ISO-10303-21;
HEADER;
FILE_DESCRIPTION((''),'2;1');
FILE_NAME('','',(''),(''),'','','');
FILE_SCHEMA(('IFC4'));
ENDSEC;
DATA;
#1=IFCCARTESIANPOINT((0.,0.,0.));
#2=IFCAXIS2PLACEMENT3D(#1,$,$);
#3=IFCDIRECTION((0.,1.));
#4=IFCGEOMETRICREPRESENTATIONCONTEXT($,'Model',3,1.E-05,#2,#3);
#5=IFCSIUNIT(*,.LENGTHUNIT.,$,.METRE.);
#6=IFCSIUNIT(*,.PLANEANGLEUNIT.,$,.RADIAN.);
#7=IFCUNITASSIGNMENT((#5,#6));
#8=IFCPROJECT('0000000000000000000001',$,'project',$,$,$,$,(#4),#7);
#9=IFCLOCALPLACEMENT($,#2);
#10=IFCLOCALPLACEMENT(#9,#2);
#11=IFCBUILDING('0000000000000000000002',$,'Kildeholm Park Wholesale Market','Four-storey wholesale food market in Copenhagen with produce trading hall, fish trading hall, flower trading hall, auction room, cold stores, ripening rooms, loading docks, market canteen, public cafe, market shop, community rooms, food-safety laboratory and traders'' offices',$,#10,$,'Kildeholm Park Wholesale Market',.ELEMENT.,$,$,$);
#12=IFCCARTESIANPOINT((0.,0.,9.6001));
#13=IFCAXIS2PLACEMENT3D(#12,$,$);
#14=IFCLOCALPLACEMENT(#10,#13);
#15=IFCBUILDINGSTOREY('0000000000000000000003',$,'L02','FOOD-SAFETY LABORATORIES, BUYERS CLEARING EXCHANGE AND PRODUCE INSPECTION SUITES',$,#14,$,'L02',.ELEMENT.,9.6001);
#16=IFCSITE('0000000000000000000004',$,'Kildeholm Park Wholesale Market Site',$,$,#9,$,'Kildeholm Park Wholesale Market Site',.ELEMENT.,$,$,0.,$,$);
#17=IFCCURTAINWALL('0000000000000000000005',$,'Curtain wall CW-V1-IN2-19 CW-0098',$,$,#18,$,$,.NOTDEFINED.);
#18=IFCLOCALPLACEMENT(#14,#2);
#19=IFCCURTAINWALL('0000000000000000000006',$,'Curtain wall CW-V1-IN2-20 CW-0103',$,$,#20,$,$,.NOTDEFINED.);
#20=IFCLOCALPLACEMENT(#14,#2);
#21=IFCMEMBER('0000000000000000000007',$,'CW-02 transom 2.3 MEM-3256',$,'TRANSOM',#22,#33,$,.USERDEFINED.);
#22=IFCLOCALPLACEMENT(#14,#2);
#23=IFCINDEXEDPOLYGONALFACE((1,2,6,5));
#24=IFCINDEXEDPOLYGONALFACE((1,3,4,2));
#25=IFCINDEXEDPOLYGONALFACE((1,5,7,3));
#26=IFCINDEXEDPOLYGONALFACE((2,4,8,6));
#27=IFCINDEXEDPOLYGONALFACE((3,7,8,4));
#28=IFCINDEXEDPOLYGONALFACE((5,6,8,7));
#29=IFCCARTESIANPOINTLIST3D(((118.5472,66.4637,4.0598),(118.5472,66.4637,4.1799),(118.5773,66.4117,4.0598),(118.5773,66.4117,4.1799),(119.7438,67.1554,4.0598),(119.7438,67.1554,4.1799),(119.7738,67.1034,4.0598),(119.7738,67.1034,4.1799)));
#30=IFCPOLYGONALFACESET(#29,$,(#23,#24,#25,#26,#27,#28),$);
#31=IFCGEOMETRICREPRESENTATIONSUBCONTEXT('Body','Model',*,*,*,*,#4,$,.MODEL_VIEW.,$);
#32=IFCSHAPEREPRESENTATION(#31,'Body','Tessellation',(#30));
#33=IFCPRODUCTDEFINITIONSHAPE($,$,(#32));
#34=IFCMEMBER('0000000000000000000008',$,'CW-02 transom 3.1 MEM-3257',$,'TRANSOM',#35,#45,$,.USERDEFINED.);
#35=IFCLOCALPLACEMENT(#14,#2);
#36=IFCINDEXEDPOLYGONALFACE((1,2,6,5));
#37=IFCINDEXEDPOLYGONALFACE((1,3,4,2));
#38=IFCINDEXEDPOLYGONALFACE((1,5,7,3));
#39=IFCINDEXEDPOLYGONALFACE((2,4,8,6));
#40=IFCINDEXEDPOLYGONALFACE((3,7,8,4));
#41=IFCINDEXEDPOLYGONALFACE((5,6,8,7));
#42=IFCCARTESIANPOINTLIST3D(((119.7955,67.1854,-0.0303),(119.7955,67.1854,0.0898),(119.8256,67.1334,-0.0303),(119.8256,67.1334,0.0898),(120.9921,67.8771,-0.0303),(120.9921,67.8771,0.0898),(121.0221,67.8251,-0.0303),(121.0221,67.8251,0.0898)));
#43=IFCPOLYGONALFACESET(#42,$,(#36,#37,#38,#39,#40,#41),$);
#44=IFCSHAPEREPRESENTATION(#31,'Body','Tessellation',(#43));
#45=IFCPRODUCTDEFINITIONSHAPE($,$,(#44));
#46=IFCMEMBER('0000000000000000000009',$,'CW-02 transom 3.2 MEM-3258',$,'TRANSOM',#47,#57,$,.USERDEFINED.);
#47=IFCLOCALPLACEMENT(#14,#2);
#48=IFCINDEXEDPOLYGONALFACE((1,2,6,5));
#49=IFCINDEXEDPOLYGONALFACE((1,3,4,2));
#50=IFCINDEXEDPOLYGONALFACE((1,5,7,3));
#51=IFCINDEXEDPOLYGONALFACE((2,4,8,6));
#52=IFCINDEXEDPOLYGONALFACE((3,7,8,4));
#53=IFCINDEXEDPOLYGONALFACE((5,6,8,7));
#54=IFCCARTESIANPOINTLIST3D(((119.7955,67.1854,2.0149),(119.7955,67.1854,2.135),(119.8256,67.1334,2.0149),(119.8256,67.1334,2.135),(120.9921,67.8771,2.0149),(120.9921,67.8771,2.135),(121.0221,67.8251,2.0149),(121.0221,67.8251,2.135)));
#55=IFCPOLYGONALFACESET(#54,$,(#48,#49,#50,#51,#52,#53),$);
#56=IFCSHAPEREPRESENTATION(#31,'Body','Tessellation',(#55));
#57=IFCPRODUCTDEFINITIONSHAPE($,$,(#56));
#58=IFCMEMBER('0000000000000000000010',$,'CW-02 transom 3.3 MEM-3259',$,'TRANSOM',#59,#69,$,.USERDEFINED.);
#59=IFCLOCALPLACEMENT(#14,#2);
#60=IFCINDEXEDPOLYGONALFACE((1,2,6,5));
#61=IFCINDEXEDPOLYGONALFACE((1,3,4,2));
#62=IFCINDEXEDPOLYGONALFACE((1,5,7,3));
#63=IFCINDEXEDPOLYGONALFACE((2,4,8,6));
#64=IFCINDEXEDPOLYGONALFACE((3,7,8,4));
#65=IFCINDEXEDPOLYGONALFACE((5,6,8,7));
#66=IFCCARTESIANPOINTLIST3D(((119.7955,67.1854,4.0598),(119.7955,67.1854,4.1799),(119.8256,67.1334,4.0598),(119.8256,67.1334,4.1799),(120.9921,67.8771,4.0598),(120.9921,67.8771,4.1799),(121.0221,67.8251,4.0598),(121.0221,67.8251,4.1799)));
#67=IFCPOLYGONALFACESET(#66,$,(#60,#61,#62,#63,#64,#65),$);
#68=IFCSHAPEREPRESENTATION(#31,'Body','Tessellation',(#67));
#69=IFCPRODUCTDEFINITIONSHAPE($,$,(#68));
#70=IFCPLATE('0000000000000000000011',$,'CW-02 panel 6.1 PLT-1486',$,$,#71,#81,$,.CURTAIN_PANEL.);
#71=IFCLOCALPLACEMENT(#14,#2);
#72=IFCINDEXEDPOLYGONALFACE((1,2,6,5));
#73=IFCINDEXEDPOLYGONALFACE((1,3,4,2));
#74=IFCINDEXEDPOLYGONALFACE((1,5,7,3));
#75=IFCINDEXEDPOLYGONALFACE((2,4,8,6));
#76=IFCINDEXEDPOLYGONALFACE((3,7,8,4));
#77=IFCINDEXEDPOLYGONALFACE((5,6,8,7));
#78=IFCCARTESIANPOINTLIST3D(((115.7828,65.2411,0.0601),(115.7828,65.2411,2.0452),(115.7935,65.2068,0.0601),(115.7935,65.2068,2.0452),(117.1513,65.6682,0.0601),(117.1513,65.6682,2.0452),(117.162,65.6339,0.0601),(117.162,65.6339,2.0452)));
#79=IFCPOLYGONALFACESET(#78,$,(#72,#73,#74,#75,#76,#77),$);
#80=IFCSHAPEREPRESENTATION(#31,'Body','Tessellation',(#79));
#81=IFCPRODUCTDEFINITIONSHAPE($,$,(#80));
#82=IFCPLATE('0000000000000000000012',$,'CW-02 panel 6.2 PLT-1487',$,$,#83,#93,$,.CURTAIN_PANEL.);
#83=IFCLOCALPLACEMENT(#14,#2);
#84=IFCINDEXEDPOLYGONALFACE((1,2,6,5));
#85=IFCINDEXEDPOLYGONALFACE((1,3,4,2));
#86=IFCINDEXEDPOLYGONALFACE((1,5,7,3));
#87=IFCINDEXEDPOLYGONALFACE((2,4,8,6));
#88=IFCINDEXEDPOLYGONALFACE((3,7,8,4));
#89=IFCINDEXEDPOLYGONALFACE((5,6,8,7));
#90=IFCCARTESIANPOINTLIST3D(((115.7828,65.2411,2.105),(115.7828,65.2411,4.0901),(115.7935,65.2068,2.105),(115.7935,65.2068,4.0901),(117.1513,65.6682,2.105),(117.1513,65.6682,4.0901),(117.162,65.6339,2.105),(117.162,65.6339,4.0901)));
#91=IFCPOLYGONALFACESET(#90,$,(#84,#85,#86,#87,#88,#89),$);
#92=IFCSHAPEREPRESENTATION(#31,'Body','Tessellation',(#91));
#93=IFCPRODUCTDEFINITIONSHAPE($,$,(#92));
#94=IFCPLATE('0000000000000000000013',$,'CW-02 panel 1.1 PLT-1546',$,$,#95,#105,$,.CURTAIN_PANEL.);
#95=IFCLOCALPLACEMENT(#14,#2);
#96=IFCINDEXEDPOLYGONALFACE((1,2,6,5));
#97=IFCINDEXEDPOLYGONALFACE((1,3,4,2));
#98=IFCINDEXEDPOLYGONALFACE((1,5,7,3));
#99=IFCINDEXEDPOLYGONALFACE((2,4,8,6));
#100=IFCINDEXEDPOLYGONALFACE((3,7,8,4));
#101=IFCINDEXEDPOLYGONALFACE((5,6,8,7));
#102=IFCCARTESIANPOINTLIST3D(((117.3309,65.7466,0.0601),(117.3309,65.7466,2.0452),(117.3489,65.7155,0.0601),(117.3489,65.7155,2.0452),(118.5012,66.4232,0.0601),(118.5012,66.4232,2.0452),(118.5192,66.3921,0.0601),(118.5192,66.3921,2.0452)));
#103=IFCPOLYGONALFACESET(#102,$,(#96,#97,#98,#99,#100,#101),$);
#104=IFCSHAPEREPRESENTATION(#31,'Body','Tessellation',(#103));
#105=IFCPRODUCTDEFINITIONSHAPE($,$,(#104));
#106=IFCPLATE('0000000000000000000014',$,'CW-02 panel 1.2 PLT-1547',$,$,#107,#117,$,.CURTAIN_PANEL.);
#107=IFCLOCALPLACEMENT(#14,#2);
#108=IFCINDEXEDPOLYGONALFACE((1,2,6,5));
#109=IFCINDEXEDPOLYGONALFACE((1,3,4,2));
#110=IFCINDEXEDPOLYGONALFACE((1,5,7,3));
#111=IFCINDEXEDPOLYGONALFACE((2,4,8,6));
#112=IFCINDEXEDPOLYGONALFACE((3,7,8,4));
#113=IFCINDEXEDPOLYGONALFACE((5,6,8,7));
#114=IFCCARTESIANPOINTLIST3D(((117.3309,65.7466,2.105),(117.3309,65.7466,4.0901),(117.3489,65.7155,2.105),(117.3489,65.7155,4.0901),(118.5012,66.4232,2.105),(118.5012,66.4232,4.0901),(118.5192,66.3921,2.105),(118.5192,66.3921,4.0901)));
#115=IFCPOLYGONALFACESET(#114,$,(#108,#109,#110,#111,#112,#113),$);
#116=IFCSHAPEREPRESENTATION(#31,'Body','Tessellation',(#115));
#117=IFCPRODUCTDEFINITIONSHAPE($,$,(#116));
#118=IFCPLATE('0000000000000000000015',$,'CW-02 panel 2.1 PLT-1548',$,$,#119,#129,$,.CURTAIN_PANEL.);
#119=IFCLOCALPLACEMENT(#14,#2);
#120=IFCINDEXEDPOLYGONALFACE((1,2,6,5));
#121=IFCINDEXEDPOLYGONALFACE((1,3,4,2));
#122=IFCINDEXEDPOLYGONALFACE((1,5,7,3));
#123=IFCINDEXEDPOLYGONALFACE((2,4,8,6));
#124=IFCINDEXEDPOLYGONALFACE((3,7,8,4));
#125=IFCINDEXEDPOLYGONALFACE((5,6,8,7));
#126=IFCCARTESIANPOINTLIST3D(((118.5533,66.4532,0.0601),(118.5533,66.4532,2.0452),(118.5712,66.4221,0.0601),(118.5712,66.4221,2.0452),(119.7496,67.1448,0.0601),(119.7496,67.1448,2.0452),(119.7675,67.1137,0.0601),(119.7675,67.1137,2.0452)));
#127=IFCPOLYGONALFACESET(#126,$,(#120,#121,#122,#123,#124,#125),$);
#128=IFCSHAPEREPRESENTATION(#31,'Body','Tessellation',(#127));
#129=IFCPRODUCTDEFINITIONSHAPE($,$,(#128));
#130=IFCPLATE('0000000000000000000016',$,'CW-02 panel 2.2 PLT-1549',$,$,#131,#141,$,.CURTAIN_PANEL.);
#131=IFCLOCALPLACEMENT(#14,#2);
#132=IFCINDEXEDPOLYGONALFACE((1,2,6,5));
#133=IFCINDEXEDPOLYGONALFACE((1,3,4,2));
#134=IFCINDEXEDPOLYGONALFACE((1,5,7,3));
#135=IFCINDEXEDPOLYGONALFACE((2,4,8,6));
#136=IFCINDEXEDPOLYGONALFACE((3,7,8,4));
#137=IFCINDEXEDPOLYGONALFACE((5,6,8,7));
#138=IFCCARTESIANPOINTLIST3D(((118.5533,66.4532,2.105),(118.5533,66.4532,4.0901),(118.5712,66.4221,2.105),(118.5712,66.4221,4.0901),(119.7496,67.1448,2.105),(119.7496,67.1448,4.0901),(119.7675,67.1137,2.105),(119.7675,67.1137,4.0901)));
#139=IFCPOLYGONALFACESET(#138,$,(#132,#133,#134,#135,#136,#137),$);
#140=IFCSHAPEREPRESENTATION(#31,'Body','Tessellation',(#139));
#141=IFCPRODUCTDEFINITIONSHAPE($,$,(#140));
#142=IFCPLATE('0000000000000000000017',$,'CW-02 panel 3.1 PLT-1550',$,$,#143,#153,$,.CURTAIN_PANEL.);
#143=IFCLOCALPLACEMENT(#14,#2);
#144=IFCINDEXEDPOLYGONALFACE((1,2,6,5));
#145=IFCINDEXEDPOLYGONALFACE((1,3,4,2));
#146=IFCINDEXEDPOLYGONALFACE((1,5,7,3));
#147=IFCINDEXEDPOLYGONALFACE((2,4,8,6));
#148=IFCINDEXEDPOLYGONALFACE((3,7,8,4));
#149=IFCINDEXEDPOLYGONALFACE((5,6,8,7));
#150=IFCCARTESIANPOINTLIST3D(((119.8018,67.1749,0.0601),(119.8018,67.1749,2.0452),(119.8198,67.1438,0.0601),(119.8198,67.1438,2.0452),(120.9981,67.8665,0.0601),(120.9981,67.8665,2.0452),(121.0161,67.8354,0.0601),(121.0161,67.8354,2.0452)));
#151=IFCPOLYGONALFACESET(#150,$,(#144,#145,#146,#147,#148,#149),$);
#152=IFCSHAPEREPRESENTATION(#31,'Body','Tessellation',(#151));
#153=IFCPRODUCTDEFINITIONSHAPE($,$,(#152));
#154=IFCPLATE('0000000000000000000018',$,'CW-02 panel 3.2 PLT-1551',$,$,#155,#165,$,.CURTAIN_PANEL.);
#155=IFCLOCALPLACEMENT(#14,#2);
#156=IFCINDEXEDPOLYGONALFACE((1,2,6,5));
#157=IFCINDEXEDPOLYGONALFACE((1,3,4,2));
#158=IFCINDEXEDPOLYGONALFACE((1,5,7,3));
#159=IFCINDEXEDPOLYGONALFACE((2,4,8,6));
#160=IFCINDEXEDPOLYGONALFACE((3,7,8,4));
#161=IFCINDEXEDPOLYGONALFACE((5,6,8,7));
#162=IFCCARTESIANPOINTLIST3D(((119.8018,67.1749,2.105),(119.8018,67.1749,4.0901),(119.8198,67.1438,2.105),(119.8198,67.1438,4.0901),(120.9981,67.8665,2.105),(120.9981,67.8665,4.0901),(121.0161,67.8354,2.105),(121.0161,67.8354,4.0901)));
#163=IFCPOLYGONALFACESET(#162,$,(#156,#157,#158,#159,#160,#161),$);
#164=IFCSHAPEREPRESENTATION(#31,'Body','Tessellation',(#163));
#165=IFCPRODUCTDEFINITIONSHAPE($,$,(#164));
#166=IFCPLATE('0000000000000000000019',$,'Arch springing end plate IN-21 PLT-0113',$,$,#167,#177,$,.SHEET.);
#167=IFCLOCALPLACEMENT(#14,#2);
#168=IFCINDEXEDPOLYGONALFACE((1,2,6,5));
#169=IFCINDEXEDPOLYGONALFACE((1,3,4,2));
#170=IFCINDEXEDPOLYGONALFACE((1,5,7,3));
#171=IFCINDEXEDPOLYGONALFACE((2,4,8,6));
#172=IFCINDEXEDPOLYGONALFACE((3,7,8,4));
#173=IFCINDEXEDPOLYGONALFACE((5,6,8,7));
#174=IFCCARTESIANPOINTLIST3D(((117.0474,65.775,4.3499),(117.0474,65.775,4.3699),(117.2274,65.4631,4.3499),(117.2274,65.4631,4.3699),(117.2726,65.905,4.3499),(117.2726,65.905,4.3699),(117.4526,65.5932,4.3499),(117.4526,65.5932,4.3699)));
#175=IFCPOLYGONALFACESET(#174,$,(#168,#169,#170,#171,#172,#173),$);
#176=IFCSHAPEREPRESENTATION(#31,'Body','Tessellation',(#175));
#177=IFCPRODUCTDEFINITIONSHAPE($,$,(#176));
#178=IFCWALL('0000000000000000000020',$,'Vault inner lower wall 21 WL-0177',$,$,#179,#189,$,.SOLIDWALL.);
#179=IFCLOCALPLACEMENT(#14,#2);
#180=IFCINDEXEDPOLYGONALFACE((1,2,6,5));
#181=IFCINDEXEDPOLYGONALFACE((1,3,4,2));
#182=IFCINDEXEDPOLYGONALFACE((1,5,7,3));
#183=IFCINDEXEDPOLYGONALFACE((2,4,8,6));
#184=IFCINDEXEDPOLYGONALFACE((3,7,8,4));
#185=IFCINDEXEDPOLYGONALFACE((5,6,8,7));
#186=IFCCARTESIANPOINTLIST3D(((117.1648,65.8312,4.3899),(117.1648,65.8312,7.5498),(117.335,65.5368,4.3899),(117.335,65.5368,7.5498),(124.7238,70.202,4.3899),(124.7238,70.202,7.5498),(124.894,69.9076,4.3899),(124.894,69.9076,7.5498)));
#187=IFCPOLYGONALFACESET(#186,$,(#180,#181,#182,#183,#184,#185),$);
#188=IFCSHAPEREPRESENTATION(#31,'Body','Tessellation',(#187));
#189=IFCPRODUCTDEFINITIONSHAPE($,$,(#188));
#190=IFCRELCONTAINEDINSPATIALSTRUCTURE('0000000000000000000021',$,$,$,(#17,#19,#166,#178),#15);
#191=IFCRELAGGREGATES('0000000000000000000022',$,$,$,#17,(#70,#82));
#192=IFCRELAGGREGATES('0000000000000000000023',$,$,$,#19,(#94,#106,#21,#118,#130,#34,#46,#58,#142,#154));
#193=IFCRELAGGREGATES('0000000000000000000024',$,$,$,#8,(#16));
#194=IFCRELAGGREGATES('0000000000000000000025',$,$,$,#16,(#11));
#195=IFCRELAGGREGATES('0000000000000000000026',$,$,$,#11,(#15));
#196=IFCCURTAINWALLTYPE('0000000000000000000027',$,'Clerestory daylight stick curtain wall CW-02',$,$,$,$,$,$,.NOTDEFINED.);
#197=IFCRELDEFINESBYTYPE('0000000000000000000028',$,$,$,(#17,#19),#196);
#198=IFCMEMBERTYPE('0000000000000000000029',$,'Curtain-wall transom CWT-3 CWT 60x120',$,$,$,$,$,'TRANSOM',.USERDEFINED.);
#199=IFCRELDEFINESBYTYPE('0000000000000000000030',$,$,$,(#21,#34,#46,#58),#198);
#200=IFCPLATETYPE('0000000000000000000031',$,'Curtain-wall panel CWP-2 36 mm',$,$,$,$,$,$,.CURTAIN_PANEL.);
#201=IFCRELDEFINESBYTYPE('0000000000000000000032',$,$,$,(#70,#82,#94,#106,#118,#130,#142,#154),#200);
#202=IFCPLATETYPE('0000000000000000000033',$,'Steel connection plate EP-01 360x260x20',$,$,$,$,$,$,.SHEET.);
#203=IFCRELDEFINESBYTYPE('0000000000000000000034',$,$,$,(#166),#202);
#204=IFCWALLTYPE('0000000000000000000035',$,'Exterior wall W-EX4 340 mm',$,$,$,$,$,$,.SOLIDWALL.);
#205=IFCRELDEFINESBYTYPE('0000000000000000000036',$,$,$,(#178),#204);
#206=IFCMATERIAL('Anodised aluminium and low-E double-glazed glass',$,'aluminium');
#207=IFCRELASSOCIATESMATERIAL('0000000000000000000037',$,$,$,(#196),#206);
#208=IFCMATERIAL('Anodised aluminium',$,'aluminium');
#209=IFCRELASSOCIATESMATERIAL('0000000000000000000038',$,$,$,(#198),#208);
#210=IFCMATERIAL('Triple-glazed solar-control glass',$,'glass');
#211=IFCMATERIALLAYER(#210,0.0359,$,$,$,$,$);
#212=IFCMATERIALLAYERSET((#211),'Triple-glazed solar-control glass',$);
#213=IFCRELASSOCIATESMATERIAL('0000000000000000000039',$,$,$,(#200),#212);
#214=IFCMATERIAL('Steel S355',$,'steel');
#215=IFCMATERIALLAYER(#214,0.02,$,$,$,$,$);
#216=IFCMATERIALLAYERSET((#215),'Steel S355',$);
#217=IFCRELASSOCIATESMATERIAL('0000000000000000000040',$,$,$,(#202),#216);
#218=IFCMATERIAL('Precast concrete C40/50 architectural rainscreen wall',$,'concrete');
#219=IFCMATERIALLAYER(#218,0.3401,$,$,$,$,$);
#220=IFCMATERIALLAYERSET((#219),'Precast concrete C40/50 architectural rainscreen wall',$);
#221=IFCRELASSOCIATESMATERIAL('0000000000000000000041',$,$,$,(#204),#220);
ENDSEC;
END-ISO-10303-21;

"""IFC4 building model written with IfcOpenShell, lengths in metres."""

from ifc_helpers import new_model, si_unit, direction, frame, frame_2d, origin, origin_2d, place, context, subcontext, project, spatial, rectangle, extrude, material, layer, layer_set, material_profile, profile_set, type_object, element, aggregate, save


model = new_model("IFC4")

# Units and contexts
model_context = context("Model", 3, precision=1e-05, world=origin(), true_north=direction((0.0, 1.0)))
body_context = subcontext(model_context, "Body", "Model", "MODEL_VIEW")
ifc_project = project(units=[si_unit("LENGTHUNIT", "METRE"), si_unit("PLANEANGLEUNIT", "RADIAN")], contexts=[model_context])

# Site, building, storey
site_placement = place(None, origin())
site = spatial("IfcSite", under=ifc_project, at=site_placement, Name="Kildeholm Park Wholesale Market Site", LongName="Kildeholm Park Wholesale Market Site", CompositionType="ELEMENT", RefElevation=0.0)
building_placement = place(site_placement, origin())
building = spatial("IfcBuilding", under=site, at=building_placement, Name="Kildeholm Park Wholesale Market", Description="Four-storey wholesale food market in Copenhagen with produce trading hall, fish trading hall, flower trading hall, auction room, cold stores, ripening rooms, loading docks, market canteen, public cafe, market shop, community rooms, food-safety laboratory and traders' offices", LongName="Kildeholm Park Wholesale Market", CompositionType="ELEMENT")
storey_placement = place(building_placement, frame((0.0, 0.0, 9.6001)))
storey = spatial("IfcBuildingStorey", under=building, at=storey_placement, Name="L02", Description="FOOD-SAFETY LABORATORIES, BUYERS CLEARING EXCHANGE AND PRODUCE INSPECTION SUITES", LongName="L02", CompositionType="ELEMENT", Elevation=9.6001)

# Shared definitions
ifc_material_1 = material(Name="Steel S355", Category="steel")

# Curtain wall
ifc_material_2 = material(Name="Anodised aluminium and low-E double-glazed glass", Category="aluminium")
curtain_wall_type = type_object("IfcCurtainWallType", Name="Clerestory daylight stick curtain wall CW-02", PredefinedType="NOTDEFINED", material=ifc_material_2)
curtain_wall_1_placement = place(storey_placement, origin())
curtain_wall_1 = element("IfcCurtainWall", 1, at=curtain_wall_1_placement, inside=storey, type_object=curtain_wall_type, Name="Curtain wall CW-V1-IN2-19 CW-0098", PredefinedType="NOTDEFINED")
ifc_material_3 = material(Name="Anodised aluminium", Category="aluminium")

# Curtain wall, members
curtain_wall_2_placement = place(storey_placement, origin())
curtain_wall_2 = element("IfcCurtainWall", 2, at=curtain_wall_2_placement, inside=storey, type_object=curtain_wall_type, Name="Curtain wall CW-V1-IN2-20 CW-0103", PredefinedType="NOTDEFINED")
ifc_material_profile_1 = material_profile(ifc_material_3, rectangle(XDim=0.0601, YDim=0.1201, at=origin_2d()), Name="CWT 60x120")
ifc_profile_set_1 = profile_set([ifc_material_profile_1], Name="Anodised aluminium")
member_type_1 = type_object("IfcMemberType", Name="Curtain-wall transom CWT-3 CWT 60x120", ElementType="TRANSOM", PredefinedType="USERDEFINED", material=ifc_profile_set_1)
member_1_placement = place(storey_placement, frame((118.5623, 66.4377, 4.1199), z_axis=(0.865765, 0.500451, 0.0), x_axis=(-0.500451, 0.865765, 0.0)))
member_1 = element("IfcMember", 3, at=member_1_placement, type_object=member_type_1, Name="CW-02 transom 2.3 MEM-3256", ObjectType="TRANSOM", PredefinedType="USERDEFINED", context=body_context, shape_type="SweptSolid", body=[
    extrude(rectangle(XDim=0.0601, YDim=0.1201, at=origin_2d()), origin(), (0.0, 0.0, 1.0), 1.3821),
])
member_2_placement = place(storey_placement, frame((119.8105, 67.1594, 0.0298), z_axis=(0.865765, 0.500451, 0.0), x_axis=(-0.500451, 0.865765, 0.0)))
member_2 = element("IfcMember", 4, at=member_2_placement, type_object=member_type_1, Name="CW-02 transom 3.1 MEM-3257", ObjectType="TRANSOM", PredefinedType="USERDEFINED", context=body_context, shape_type="SweptSolid", body=[
    extrude(rectangle(XDim=0.0601, YDim=0.1201, at=origin_2d()), origin(), (0.0, 0.0, 1.0), 1.3821),
])
member_3_placement = place(storey_placement, frame((119.8105, 67.1594, 2.075), z_axis=(0.865765, 0.500451, 0.0), x_axis=(-0.500451, 0.865765, 0.0)))
member_3 = element("IfcMember", 5, at=member_3_placement, type_object=member_type_1, Name="CW-02 transom 3.2 MEM-3258", ObjectType="TRANSOM", PredefinedType="USERDEFINED", context=body_context, shape_type="SweptSolid", body=[
    extrude(rectangle(XDim=0.0601, YDim=0.1201, at=origin_2d()), origin(), (0.0, 0.0, 1.0), 1.3821),
])
member_4_placement = place(storey_placement, frame((119.8105, 67.1594, 4.1199), z_axis=(0.865765, 0.500451, 0.0), x_axis=(-0.500451, 0.865765, 0.0)))
member_4 = element("IfcMember", 6, at=member_4_placement, type_object=member_type_1, Name="CW-02 transom 3.3 MEM-3259", ObjectType="TRANSOM", PredefinedType="USERDEFINED", context=body_context, shape_type="SweptSolid", body=[
    extrude(rectangle(XDim=0.0601, YDim=0.1201, at=origin_2d()), origin(), (0.0, 0.0, 1.0), 1.3821),
])

# Plates
ifc_material_4 = material(Name="Triple-glazed solar-control glass", Category="glass")
ifc_layer_1 = layer(ifc_material_4, 0.0359)
ifc_layer_set_1 = layer_set([ifc_layer_1], Name="Triple-glazed solar-control glass")
plate_type_1 = type_object("IfcPlateType", Name="Curtain-wall panel CWP-2 36 mm", PredefinedType="CURTAIN_PANEL", material=ifc_layer_set_1)
plate_1_placement = place(storey_placement, frame((116.4724, 65.4375, 0.0601), z_axis=(0.0, 0.0, 1.0), x_axis=(0.954579, 0.297957, 0.0)))
plate_1 = element("IfcPlate", 7, at=plate_1_placement, type_object=plate_type_1, Name="CW-02 panel 6.1 PLT-1486", PredefinedType="CURTAIN_PANEL", context=body_context, shape_type="SweptSolid", body=[
    extrude(rectangle(XDim=1.4336, YDim=0.0359, at=origin_2d()), origin(), (0.0, 0.0, 1.0), 1.9851),
])
plate_2_placement = place(storey_placement, frame((116.4724, 65.4375, 2.105), z_axis=(0.0, 0.0, 1.0), x_axis=(0.954579, 0.297957, 0.0)))
plate_2 = element("IfcPlate", 8, at=plate_2_placement, type_object=plate_type_1, Name="CW-02 panel 6.2 PLT-1487", PredefinedType="CURTAIN_PANEL", context=body_context, shape_type="SweptSolid", body=[
    extrude(rectangle(XDim=1.4336, YDim=0.0359, at=origin_2d()), origin(), (0.0, 0.0, 1.0), 1.9851),
])
aggregate(curtain_wall_1, [plate_1, plate_2])
plate_3_placement = place(storey_placement, frame((117.925, 66.0693, 0.0601), z_axis=(0.0, 0.0, 1.0), x_axis=(0.865743, 0.500489, 0.0)))
plate_3 = element("IfcPlate", 9, at=plate_3_placement, type_object=plate_type_1, Name="CW-02 panel 1.1 PLT-1546", PredefinedType="CURTAIN_PANEL", context=body_context, shape_type="SweptSolid", body=[
    extrude(rectangle(XDim=1.3518, YDim=0.0359, at=origin_2d()), origin(), (0.0, 0.0, 1.0), 1.9851),
])
plate_4_placement = place(storey_placement, frame((117.925, 66.0693, 2.105), z_axis=(0.0, 0.0, 1.0), x_axis=(0.865743, 0.500489, 0.0)))
plate_4 = element("IfcPlate", 10, at=plate_4_placement, type_object=plate_type_1, Name="CW-02 panel 1.2 PLT-1547", PredefinedType="CURTAIN_PANEL", context=body_context, shape_type="SweptSolid", body=[
    extrude(rectangle(XDim=1.3518, YDim=0.0359, at=origin_2d()), origin(), (0.0, 0.0, 1.0), 1.9851),
])
plate_5_placement = place(storey_placement, frame((119.1604, 66.7834, 0.0601), z_axis=(0.0, 0.0, 1.0), x_axis=(0.865743, 0.500489, 0.0)))
plate_5 = element("IfcPlate", 11, at=plate_5_placement, type_object=plate_type_1, Name="CW-02 panel 2.1 PLT-1548", PredefinedType="CURTAIN_PANEL", context=body_context, shape_type="SweptSolid", body=[
    extrude(rectangle(XDim=1.3818, YDim=0.0359, at=origin_2d()), origin(), (0.0, 0.0, 1.0), 1.9851),
])
plate_6_placement = place(storey_placement, frame((119.1604, 66.7834, 2.105), z_axis=(0.0, 0.0, 1.0), x_axis=(0.865743, 0.500489, 0.0)))
plate_6 = element("IfcPlate", 12, at=plate_6_placement, type_object=plate_type_1, Name="CW-02 panel 2.2 PLT-1549", PredefinedType="CURTAIN_PANEL", context=body_context, shape_type="SweptSolid", body=[
    extrude(rectangle(XDim=1.3818, YDim=0.0359, at=origin_2d()), origin(), (0.0, 0.0, 1.0), 1.9851),
])
plate_7_placement = place(storey_placement, frame((120.4089, 67.5051, 0.0601), z_axis=(0.0, 0.0, 1.0), x_axis=(0.865743, 0.500489, 0.0)))
plate_7 = element("IfcPlate", 13, at=plate_7_placement, type_object=plate_type_1, Name="CW-02 panel 3.1 PLT-1550", PredefinedType="CURTAIN_PANEL", context=body_context, shape_type="SweptSolid", body=[
    extrude(rectangle(XDim=1.3818, YDim=0.0359, at=origin_2d()), origin(), (0.0, 0.0, 1.0), 1.9851),
])
plate_8_placement = place(storey_placement, frame((120.4089, 67.5051, 2.105), z_axis=(0.0, 0.0, 1.0), x_axis=(0.865743, 0.500489, 0.0)))
plate_8 = element("IfcPlate", 14, at=plate_8_placement, type_object=plate_type_1, Name="CW-02 panel 3.2 PLT-1551", PredefinedType="CURTAIN_PANEL", context=body_context, shape_type="SweptSolid", body=[
    extrude(rectangle(XDim=1.3818, YDim=0.0359, at=origin_2d()), origin(), (0.0, 0.0, 1.0), 1.9851),
])
aggregate(curtain_wall_2, [plate_3, plate_4, member_1, plate_5, plate_6, member_2, member_3, member_4, plate_7, plate_8])
ifc_layer_2 = layer(ifc_material_1, 0.02)
ifc_layer_set_2 = layer_set([ifc_layer_2], Name="Steel S355")
plate_type_2 = type_object("IfcPlateType", Name="Steel connection plate EP-01 360x260x20", PredefinedType="SHEET", material=ifc_layer_set_2)
plate_9_placement = place(storey_placement, frame((117.25, 65.6841, 4.3499), z_axis=(0.0, 0.0, 1.0), x_axis=(0.5, -0.866025, 0.0)))
element("IfcPlate", 15, at=plate_9_placement, inside=storey, type_object=plate_type_2, Name="Arch springing end plate IN-21 PLT-0113", PredefinedType="SHEET", context=body_context, shape_type="SweptSolid", body=[
    extrude(rectangle(XDim=0.3601, YDim=0.26, at=origin_2d()), origin(), (0.0, 0.0, 1.0), 0.02),
])

# Wall
ifc_material_5 = material(Name="Precast concrete C40/50 architectural rainscreen wall", Category="concrete")
ifc_layer_3 = layer(ifc_material_5, 0.3401)
ifc_layer_set_3 = layer_set([ifc_layer_3], Name="Precast concrete C40/50 architectural rainscreen wall")
wall_type = type_object("IfcWallType", Name="Exterior wall W-EX4 340 mm", PredefinedType="SOLIDWALL", material=ifc_layer_set_3)
wall_1_placement = place(storey_placement, frame((117.25, 65.6841, 4.3899), z_axis=(0.0, 0.0, 1.0), x_axis=(0.865697, 0.500568, 0.0)))
element("IfcWall", 16, at=wall_1_placement, inside=storey, type_object=wall_type, Name="Vault inner lower wall 21 WL-0177", PredefinedType="SOLIDWALL", context=body_context, shape_type="SweptSolid", body=[
    extrude(rectangle(XDim=8.7317, YDim=0.3401, at=frame_2d((4.3657, 0.0))), origin(), (0.0, 0.0, 1.0), 3.1599),
])

save(model, "model.ifc")
